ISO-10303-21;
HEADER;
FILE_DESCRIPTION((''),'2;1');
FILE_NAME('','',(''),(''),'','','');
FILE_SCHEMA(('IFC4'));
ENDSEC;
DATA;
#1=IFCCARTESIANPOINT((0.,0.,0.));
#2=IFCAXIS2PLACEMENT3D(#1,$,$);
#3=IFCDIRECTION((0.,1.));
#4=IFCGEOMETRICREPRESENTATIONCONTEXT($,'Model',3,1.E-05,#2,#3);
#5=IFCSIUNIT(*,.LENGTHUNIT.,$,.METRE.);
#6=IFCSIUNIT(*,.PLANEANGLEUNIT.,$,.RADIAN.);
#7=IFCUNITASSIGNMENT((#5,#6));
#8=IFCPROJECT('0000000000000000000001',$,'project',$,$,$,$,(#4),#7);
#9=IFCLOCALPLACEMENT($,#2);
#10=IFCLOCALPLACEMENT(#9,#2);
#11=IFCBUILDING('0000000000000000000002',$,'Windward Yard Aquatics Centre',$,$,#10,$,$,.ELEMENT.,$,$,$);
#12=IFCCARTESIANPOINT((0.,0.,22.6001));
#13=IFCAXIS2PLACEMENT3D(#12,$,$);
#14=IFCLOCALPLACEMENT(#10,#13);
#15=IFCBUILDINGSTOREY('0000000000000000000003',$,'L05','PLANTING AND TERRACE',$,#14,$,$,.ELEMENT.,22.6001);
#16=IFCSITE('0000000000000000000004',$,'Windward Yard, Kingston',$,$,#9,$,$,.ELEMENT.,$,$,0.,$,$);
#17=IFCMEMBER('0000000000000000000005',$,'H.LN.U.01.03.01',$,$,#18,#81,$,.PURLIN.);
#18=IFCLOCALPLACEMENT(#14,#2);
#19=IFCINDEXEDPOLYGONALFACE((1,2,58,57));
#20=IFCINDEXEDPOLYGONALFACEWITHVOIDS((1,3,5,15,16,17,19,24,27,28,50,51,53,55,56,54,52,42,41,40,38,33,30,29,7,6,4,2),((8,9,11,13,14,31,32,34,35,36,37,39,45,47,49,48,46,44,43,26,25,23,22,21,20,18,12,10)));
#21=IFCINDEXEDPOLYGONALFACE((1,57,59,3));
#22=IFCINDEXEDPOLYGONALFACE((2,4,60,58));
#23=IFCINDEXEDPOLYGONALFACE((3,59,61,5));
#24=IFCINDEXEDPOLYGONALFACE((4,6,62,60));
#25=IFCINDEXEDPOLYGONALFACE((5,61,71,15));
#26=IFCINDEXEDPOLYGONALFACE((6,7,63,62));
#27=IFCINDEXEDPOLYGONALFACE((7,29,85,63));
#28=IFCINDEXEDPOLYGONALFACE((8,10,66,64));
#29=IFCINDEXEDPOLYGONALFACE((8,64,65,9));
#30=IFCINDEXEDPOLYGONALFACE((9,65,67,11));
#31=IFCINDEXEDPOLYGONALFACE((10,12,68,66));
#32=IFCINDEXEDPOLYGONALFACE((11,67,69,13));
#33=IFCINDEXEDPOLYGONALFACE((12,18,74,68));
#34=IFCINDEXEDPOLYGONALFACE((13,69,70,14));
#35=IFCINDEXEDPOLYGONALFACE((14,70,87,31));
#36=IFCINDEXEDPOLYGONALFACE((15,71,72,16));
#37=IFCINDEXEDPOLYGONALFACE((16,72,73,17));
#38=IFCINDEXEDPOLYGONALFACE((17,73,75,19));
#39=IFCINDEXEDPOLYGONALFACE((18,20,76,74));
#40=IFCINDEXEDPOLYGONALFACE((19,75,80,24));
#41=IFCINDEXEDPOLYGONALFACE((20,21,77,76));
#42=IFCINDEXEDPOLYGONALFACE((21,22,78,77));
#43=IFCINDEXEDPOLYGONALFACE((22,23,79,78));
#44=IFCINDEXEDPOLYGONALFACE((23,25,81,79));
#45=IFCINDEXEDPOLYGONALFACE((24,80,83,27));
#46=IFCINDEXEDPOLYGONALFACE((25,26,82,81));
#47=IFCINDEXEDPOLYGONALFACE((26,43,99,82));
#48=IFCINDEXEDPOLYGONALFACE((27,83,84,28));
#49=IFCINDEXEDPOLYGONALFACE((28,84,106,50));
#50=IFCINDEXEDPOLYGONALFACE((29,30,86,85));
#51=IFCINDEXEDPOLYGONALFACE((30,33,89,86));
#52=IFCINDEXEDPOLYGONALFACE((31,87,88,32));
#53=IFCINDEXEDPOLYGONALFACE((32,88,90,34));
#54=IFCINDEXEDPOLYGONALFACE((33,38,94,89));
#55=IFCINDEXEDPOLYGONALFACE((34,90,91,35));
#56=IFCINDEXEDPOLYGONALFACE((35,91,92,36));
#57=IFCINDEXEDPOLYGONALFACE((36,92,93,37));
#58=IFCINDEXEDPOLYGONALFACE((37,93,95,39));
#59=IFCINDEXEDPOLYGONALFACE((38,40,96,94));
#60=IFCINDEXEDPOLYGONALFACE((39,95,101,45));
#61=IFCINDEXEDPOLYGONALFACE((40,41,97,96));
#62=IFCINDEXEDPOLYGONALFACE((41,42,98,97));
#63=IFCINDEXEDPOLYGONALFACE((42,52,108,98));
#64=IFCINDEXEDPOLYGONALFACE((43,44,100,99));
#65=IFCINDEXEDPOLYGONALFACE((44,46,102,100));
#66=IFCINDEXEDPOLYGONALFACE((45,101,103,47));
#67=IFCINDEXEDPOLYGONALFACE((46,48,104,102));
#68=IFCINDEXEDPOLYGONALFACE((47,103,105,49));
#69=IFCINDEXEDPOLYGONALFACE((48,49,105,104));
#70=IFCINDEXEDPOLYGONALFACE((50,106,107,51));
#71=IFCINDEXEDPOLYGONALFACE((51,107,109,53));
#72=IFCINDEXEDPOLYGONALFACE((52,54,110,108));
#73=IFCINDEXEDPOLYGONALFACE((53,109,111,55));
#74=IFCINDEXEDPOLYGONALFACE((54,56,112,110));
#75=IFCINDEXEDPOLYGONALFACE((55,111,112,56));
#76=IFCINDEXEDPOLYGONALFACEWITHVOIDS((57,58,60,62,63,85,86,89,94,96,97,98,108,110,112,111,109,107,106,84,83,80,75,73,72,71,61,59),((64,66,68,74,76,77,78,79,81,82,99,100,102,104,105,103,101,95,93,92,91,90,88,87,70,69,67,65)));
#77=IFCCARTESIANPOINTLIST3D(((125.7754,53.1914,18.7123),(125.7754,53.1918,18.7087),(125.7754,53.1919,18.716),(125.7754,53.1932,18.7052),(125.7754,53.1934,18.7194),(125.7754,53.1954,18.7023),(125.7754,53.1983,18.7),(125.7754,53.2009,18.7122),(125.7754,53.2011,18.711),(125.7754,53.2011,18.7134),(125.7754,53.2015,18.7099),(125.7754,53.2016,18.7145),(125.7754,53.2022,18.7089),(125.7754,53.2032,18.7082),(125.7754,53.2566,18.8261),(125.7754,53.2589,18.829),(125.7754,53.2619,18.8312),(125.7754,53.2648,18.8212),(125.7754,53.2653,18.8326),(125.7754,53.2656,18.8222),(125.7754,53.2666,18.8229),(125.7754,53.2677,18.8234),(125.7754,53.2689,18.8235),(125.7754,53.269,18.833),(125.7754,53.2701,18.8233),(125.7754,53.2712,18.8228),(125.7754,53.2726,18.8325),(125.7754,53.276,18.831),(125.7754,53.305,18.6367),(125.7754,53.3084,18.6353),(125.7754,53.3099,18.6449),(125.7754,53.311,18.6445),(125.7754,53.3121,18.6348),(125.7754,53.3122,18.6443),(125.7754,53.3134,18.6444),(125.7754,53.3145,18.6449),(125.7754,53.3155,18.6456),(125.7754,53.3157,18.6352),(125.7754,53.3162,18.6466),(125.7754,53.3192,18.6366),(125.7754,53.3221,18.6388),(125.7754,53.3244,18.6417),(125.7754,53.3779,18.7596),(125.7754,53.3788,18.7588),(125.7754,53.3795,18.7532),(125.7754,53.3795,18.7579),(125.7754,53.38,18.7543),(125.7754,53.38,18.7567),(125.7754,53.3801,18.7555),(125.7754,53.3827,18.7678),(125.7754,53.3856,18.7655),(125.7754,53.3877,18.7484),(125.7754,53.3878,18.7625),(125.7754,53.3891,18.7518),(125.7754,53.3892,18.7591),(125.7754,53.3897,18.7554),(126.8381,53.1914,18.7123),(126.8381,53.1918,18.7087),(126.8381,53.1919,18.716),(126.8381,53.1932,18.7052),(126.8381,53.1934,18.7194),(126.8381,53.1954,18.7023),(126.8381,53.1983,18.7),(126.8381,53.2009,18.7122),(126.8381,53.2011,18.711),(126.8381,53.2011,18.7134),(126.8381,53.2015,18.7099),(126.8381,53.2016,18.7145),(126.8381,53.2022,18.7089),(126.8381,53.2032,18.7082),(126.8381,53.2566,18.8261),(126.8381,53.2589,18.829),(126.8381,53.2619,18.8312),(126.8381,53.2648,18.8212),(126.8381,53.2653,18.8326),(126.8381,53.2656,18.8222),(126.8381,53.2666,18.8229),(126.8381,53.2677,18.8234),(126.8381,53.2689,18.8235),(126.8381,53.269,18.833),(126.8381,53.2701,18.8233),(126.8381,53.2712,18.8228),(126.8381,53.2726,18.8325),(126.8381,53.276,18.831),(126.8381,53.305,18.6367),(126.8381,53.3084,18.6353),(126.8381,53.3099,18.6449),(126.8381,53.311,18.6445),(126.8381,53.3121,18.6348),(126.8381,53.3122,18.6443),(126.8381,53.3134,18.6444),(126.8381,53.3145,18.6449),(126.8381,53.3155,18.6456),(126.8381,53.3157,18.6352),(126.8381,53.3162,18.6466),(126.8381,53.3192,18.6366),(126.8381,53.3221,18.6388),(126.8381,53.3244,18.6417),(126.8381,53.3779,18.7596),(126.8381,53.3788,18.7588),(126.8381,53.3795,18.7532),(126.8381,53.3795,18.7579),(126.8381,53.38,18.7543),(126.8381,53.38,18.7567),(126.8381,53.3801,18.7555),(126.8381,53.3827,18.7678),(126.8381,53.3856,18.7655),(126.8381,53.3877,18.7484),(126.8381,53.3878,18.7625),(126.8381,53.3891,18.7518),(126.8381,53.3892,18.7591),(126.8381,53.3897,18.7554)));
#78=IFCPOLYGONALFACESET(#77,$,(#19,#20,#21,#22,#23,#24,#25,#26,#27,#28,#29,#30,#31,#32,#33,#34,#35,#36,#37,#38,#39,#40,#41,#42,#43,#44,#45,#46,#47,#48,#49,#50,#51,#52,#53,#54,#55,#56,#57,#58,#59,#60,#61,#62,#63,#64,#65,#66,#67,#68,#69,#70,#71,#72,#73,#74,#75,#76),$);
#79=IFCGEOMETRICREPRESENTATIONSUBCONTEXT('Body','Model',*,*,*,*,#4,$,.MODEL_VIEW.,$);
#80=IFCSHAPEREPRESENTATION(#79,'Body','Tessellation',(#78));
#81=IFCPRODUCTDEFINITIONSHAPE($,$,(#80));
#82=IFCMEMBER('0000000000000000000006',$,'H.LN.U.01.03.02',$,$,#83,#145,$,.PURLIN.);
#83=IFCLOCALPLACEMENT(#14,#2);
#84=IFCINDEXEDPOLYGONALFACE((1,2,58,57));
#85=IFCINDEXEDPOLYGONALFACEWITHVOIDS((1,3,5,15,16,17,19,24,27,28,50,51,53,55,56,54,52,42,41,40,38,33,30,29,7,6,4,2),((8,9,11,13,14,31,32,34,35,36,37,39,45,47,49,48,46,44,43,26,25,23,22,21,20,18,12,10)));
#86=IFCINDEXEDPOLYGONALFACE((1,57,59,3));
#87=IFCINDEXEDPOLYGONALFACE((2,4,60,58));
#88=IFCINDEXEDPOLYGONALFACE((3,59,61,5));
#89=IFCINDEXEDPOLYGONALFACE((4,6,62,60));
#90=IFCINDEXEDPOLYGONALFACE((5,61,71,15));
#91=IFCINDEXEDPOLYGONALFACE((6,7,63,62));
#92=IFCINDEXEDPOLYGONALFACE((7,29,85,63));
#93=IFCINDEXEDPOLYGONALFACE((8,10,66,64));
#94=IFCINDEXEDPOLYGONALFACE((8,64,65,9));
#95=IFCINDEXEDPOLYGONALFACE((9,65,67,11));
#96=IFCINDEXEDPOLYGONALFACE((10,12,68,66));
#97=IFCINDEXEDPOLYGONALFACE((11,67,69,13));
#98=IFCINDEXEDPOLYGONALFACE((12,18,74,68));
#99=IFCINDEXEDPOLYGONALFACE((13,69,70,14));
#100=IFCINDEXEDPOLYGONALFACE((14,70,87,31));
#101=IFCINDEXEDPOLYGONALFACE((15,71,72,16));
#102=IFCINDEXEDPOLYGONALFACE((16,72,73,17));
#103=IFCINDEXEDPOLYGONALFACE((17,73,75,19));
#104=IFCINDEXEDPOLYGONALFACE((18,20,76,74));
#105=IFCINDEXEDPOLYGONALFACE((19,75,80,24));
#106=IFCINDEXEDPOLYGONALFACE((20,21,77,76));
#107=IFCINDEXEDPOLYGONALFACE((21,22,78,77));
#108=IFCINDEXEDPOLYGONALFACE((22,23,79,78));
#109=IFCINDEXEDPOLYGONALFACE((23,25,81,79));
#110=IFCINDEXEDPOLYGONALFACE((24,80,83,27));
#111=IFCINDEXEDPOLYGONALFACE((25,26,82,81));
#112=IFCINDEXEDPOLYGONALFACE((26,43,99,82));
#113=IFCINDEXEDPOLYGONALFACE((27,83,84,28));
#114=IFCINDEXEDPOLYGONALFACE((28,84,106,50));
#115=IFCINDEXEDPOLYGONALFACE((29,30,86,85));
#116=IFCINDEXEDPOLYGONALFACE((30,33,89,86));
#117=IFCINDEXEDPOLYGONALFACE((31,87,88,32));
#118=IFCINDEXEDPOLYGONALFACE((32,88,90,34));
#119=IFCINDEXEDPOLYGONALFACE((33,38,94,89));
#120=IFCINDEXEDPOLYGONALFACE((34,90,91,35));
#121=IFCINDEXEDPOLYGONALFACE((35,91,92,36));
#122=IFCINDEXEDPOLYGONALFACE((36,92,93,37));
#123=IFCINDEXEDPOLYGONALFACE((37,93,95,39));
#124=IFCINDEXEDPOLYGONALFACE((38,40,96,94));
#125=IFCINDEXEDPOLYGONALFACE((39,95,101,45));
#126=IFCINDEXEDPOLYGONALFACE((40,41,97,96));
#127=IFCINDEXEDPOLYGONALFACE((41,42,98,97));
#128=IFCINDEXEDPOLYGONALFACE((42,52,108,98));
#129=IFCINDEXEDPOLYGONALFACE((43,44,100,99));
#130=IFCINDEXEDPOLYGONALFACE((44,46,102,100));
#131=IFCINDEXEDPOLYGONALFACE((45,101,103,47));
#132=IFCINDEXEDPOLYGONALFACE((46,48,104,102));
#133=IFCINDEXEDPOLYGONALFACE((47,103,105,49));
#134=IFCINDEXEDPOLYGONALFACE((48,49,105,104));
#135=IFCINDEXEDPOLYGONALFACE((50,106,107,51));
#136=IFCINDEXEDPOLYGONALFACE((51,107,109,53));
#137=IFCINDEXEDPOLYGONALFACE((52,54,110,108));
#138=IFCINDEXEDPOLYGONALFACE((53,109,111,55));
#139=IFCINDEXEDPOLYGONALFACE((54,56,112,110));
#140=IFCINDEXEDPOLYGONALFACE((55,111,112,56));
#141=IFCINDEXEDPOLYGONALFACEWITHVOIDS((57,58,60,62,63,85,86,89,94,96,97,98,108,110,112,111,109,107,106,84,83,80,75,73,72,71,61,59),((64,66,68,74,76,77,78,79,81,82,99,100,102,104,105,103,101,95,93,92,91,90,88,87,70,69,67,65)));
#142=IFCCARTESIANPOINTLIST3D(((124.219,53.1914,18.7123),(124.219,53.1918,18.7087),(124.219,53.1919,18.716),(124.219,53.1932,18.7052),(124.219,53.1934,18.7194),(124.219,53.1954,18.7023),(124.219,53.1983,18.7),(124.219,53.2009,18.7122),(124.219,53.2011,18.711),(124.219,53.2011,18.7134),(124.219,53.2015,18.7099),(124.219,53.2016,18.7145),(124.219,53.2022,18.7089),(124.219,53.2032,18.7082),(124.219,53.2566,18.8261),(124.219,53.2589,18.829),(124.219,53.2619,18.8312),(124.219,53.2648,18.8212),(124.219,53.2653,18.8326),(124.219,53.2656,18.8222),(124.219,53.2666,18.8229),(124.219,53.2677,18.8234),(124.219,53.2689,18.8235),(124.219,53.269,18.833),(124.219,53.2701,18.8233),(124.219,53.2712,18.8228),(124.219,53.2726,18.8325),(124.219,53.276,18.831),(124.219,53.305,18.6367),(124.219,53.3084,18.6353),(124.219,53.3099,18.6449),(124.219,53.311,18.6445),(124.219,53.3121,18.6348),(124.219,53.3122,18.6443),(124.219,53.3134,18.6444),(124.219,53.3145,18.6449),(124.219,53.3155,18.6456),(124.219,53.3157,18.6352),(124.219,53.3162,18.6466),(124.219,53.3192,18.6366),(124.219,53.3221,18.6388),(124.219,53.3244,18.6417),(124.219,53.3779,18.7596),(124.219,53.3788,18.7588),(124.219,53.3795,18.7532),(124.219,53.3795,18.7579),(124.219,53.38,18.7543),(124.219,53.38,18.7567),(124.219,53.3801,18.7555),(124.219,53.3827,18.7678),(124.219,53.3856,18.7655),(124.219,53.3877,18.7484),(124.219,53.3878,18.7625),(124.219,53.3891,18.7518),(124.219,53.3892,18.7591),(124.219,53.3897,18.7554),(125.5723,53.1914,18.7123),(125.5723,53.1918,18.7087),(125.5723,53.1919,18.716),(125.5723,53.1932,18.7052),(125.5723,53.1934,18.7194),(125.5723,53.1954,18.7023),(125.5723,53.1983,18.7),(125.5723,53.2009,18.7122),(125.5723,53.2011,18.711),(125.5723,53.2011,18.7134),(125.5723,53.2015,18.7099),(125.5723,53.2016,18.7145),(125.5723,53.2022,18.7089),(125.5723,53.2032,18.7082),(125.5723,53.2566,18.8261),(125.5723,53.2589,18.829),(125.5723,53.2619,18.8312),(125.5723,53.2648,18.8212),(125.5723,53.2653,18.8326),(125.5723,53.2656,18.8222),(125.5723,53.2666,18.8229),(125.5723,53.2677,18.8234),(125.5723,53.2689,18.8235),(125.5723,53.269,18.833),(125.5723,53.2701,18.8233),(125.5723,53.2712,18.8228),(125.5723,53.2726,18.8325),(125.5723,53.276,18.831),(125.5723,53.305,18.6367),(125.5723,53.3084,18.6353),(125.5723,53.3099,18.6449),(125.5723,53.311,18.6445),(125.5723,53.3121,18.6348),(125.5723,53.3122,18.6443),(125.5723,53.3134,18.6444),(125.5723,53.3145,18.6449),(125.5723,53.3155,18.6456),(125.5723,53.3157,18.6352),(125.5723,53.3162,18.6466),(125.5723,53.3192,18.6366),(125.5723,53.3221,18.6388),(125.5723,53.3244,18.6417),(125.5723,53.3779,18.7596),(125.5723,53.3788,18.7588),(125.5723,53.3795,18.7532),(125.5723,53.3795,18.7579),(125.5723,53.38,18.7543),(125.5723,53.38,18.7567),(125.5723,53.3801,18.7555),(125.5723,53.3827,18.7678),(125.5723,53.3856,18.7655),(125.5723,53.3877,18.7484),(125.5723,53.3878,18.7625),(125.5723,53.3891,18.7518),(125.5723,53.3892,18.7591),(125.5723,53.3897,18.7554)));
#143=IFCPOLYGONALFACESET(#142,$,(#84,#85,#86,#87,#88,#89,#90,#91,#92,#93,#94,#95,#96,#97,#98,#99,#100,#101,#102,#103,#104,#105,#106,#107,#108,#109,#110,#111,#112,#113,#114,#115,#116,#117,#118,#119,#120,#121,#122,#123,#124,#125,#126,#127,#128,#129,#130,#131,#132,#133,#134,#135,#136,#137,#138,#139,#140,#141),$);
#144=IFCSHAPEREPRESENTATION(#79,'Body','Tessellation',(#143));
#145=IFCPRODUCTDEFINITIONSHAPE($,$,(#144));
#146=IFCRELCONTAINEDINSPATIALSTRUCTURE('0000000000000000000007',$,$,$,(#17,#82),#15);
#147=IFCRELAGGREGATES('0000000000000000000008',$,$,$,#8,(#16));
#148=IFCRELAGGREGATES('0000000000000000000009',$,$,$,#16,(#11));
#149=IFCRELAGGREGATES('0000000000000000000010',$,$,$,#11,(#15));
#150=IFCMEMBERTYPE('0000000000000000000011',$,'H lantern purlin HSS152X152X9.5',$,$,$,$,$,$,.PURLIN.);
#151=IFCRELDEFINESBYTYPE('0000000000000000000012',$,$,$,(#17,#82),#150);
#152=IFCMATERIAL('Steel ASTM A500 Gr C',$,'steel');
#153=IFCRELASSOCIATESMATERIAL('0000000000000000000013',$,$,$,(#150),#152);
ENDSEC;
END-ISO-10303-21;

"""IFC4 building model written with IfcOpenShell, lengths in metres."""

from ifc_helpers import new_model, si_unit, direction, frame, origin, origin_2d, place, context, subcontext, project, spatial, hollow_rectangle, extrude, material, material_profile, profile_set, type_object, element, save


model = new_model("IFC4")

# Units and contexts
model_context = context("Model", 3, precision=1e-05, world=origin(), true_north=direction((0.0, 1.0)))
body_context = subcontext(model_context, "Body", "Model", "MODEL_VIEW")
ifc_project = project(units=[si_unit("LENGTHUNIT", "METRE"), si_unit("PLANEANGLEUNIT", "RADIAN")], contexts=[model_context])

# Site, building, storey
site_placement = place(None, origin())
site = spatial("IfcSite", under=ifc_project, at=site_placement, Name="Windward Yard, Kingston", CompositionType="ELEMENT", RefElevation=0.0)
building_placement = place(site_placement, origin())
building = spatial("IfcBuilding", under=site, at=building_placement, Name="Windward Yard Aquatics Centre", CompositionType="ELEMENT")
storey_placement = place(building_placement, frame((0.0, 0.0, 22.6001)))
storey = spatial("IfcBuildingStorey", under=building, at=storey_placement, Name="L05", Description="PLANTING AND TERRACE", CompositionType="ELEMENT", Elevation=22.6001)

# Members
ifc_material_1 = material(Name="Steel ASTM A500 Gr C", Category="steel")
ifc_material_profile = material_profile(ifc_material_1, hollow_rectangle(XDim=0.1523, YDim=0.1523, WallThickness=0.0095, InnerFilletRadius=0.0046, OuterFilletRadius=0.0142, at=origin_2d()), Name="HSS152X152X9.5")
ifc_profile_set = profile_set([ifc_material_profile], Name="Steel ASTM A500 Gr C")
member_type = type_object("IfcMemberType", Name="H lantern purlin HSS152X152X9.5", PredefinedType="PURLIN", material=ifc_profile_set)
member_1_placement = place(storey_placement, frame((126.8381, 53.2905, 18.7339), z_axis=(-1.0, 0.0, 0.0), x_axis=(0.0, -0.51012, -0.860103)))
element("IfcMember", 1, at=member_1_placement, inside=storey, type_object=member_type, Name="H.LN.U.01.03.01", PredefinedType="PURLIN", context=body_context, shape_type="SweptSolid", body=[
    extrude(hollow_rectangle(XDim=0.1523, YDim=0.1523, WallThickness=0.0095, InnerFilletRadius=0.0046, OuterFilletRadius=0.0142, at=origin_2d()), origin(), (0.0, 0.0, 1.0), 1.0627),
])
for number, where, z_axis, x_axis, name in (
    (2, (125.5723, 53.2905, 18.7339), (-1.0, 0.0, 0.0), (0.0, -0.51012, -0.860103), "H.LN.U.01.03.02"),
):
    element("IfcMember", number, at=place(storey_placement, frame(where, z_axis=z_axis, x_axis=x_axis)), inside=storey, type_object=member_type, Name=name, PredefinedType="PURLIN", context=body_context, shape_type="SweptSolid", body=[
        extrude(hollow_rectangle(XDim=0.1523, YDim=0.1523, WallThickness=0.0095, InnerFilletRadius=0.0046, OuterFilletRadius=0.0142, at=origin_2d()), origin(), (0.0, 0.0, 1.0), 1.3533),
    ])

save(model, "model.ifc")
